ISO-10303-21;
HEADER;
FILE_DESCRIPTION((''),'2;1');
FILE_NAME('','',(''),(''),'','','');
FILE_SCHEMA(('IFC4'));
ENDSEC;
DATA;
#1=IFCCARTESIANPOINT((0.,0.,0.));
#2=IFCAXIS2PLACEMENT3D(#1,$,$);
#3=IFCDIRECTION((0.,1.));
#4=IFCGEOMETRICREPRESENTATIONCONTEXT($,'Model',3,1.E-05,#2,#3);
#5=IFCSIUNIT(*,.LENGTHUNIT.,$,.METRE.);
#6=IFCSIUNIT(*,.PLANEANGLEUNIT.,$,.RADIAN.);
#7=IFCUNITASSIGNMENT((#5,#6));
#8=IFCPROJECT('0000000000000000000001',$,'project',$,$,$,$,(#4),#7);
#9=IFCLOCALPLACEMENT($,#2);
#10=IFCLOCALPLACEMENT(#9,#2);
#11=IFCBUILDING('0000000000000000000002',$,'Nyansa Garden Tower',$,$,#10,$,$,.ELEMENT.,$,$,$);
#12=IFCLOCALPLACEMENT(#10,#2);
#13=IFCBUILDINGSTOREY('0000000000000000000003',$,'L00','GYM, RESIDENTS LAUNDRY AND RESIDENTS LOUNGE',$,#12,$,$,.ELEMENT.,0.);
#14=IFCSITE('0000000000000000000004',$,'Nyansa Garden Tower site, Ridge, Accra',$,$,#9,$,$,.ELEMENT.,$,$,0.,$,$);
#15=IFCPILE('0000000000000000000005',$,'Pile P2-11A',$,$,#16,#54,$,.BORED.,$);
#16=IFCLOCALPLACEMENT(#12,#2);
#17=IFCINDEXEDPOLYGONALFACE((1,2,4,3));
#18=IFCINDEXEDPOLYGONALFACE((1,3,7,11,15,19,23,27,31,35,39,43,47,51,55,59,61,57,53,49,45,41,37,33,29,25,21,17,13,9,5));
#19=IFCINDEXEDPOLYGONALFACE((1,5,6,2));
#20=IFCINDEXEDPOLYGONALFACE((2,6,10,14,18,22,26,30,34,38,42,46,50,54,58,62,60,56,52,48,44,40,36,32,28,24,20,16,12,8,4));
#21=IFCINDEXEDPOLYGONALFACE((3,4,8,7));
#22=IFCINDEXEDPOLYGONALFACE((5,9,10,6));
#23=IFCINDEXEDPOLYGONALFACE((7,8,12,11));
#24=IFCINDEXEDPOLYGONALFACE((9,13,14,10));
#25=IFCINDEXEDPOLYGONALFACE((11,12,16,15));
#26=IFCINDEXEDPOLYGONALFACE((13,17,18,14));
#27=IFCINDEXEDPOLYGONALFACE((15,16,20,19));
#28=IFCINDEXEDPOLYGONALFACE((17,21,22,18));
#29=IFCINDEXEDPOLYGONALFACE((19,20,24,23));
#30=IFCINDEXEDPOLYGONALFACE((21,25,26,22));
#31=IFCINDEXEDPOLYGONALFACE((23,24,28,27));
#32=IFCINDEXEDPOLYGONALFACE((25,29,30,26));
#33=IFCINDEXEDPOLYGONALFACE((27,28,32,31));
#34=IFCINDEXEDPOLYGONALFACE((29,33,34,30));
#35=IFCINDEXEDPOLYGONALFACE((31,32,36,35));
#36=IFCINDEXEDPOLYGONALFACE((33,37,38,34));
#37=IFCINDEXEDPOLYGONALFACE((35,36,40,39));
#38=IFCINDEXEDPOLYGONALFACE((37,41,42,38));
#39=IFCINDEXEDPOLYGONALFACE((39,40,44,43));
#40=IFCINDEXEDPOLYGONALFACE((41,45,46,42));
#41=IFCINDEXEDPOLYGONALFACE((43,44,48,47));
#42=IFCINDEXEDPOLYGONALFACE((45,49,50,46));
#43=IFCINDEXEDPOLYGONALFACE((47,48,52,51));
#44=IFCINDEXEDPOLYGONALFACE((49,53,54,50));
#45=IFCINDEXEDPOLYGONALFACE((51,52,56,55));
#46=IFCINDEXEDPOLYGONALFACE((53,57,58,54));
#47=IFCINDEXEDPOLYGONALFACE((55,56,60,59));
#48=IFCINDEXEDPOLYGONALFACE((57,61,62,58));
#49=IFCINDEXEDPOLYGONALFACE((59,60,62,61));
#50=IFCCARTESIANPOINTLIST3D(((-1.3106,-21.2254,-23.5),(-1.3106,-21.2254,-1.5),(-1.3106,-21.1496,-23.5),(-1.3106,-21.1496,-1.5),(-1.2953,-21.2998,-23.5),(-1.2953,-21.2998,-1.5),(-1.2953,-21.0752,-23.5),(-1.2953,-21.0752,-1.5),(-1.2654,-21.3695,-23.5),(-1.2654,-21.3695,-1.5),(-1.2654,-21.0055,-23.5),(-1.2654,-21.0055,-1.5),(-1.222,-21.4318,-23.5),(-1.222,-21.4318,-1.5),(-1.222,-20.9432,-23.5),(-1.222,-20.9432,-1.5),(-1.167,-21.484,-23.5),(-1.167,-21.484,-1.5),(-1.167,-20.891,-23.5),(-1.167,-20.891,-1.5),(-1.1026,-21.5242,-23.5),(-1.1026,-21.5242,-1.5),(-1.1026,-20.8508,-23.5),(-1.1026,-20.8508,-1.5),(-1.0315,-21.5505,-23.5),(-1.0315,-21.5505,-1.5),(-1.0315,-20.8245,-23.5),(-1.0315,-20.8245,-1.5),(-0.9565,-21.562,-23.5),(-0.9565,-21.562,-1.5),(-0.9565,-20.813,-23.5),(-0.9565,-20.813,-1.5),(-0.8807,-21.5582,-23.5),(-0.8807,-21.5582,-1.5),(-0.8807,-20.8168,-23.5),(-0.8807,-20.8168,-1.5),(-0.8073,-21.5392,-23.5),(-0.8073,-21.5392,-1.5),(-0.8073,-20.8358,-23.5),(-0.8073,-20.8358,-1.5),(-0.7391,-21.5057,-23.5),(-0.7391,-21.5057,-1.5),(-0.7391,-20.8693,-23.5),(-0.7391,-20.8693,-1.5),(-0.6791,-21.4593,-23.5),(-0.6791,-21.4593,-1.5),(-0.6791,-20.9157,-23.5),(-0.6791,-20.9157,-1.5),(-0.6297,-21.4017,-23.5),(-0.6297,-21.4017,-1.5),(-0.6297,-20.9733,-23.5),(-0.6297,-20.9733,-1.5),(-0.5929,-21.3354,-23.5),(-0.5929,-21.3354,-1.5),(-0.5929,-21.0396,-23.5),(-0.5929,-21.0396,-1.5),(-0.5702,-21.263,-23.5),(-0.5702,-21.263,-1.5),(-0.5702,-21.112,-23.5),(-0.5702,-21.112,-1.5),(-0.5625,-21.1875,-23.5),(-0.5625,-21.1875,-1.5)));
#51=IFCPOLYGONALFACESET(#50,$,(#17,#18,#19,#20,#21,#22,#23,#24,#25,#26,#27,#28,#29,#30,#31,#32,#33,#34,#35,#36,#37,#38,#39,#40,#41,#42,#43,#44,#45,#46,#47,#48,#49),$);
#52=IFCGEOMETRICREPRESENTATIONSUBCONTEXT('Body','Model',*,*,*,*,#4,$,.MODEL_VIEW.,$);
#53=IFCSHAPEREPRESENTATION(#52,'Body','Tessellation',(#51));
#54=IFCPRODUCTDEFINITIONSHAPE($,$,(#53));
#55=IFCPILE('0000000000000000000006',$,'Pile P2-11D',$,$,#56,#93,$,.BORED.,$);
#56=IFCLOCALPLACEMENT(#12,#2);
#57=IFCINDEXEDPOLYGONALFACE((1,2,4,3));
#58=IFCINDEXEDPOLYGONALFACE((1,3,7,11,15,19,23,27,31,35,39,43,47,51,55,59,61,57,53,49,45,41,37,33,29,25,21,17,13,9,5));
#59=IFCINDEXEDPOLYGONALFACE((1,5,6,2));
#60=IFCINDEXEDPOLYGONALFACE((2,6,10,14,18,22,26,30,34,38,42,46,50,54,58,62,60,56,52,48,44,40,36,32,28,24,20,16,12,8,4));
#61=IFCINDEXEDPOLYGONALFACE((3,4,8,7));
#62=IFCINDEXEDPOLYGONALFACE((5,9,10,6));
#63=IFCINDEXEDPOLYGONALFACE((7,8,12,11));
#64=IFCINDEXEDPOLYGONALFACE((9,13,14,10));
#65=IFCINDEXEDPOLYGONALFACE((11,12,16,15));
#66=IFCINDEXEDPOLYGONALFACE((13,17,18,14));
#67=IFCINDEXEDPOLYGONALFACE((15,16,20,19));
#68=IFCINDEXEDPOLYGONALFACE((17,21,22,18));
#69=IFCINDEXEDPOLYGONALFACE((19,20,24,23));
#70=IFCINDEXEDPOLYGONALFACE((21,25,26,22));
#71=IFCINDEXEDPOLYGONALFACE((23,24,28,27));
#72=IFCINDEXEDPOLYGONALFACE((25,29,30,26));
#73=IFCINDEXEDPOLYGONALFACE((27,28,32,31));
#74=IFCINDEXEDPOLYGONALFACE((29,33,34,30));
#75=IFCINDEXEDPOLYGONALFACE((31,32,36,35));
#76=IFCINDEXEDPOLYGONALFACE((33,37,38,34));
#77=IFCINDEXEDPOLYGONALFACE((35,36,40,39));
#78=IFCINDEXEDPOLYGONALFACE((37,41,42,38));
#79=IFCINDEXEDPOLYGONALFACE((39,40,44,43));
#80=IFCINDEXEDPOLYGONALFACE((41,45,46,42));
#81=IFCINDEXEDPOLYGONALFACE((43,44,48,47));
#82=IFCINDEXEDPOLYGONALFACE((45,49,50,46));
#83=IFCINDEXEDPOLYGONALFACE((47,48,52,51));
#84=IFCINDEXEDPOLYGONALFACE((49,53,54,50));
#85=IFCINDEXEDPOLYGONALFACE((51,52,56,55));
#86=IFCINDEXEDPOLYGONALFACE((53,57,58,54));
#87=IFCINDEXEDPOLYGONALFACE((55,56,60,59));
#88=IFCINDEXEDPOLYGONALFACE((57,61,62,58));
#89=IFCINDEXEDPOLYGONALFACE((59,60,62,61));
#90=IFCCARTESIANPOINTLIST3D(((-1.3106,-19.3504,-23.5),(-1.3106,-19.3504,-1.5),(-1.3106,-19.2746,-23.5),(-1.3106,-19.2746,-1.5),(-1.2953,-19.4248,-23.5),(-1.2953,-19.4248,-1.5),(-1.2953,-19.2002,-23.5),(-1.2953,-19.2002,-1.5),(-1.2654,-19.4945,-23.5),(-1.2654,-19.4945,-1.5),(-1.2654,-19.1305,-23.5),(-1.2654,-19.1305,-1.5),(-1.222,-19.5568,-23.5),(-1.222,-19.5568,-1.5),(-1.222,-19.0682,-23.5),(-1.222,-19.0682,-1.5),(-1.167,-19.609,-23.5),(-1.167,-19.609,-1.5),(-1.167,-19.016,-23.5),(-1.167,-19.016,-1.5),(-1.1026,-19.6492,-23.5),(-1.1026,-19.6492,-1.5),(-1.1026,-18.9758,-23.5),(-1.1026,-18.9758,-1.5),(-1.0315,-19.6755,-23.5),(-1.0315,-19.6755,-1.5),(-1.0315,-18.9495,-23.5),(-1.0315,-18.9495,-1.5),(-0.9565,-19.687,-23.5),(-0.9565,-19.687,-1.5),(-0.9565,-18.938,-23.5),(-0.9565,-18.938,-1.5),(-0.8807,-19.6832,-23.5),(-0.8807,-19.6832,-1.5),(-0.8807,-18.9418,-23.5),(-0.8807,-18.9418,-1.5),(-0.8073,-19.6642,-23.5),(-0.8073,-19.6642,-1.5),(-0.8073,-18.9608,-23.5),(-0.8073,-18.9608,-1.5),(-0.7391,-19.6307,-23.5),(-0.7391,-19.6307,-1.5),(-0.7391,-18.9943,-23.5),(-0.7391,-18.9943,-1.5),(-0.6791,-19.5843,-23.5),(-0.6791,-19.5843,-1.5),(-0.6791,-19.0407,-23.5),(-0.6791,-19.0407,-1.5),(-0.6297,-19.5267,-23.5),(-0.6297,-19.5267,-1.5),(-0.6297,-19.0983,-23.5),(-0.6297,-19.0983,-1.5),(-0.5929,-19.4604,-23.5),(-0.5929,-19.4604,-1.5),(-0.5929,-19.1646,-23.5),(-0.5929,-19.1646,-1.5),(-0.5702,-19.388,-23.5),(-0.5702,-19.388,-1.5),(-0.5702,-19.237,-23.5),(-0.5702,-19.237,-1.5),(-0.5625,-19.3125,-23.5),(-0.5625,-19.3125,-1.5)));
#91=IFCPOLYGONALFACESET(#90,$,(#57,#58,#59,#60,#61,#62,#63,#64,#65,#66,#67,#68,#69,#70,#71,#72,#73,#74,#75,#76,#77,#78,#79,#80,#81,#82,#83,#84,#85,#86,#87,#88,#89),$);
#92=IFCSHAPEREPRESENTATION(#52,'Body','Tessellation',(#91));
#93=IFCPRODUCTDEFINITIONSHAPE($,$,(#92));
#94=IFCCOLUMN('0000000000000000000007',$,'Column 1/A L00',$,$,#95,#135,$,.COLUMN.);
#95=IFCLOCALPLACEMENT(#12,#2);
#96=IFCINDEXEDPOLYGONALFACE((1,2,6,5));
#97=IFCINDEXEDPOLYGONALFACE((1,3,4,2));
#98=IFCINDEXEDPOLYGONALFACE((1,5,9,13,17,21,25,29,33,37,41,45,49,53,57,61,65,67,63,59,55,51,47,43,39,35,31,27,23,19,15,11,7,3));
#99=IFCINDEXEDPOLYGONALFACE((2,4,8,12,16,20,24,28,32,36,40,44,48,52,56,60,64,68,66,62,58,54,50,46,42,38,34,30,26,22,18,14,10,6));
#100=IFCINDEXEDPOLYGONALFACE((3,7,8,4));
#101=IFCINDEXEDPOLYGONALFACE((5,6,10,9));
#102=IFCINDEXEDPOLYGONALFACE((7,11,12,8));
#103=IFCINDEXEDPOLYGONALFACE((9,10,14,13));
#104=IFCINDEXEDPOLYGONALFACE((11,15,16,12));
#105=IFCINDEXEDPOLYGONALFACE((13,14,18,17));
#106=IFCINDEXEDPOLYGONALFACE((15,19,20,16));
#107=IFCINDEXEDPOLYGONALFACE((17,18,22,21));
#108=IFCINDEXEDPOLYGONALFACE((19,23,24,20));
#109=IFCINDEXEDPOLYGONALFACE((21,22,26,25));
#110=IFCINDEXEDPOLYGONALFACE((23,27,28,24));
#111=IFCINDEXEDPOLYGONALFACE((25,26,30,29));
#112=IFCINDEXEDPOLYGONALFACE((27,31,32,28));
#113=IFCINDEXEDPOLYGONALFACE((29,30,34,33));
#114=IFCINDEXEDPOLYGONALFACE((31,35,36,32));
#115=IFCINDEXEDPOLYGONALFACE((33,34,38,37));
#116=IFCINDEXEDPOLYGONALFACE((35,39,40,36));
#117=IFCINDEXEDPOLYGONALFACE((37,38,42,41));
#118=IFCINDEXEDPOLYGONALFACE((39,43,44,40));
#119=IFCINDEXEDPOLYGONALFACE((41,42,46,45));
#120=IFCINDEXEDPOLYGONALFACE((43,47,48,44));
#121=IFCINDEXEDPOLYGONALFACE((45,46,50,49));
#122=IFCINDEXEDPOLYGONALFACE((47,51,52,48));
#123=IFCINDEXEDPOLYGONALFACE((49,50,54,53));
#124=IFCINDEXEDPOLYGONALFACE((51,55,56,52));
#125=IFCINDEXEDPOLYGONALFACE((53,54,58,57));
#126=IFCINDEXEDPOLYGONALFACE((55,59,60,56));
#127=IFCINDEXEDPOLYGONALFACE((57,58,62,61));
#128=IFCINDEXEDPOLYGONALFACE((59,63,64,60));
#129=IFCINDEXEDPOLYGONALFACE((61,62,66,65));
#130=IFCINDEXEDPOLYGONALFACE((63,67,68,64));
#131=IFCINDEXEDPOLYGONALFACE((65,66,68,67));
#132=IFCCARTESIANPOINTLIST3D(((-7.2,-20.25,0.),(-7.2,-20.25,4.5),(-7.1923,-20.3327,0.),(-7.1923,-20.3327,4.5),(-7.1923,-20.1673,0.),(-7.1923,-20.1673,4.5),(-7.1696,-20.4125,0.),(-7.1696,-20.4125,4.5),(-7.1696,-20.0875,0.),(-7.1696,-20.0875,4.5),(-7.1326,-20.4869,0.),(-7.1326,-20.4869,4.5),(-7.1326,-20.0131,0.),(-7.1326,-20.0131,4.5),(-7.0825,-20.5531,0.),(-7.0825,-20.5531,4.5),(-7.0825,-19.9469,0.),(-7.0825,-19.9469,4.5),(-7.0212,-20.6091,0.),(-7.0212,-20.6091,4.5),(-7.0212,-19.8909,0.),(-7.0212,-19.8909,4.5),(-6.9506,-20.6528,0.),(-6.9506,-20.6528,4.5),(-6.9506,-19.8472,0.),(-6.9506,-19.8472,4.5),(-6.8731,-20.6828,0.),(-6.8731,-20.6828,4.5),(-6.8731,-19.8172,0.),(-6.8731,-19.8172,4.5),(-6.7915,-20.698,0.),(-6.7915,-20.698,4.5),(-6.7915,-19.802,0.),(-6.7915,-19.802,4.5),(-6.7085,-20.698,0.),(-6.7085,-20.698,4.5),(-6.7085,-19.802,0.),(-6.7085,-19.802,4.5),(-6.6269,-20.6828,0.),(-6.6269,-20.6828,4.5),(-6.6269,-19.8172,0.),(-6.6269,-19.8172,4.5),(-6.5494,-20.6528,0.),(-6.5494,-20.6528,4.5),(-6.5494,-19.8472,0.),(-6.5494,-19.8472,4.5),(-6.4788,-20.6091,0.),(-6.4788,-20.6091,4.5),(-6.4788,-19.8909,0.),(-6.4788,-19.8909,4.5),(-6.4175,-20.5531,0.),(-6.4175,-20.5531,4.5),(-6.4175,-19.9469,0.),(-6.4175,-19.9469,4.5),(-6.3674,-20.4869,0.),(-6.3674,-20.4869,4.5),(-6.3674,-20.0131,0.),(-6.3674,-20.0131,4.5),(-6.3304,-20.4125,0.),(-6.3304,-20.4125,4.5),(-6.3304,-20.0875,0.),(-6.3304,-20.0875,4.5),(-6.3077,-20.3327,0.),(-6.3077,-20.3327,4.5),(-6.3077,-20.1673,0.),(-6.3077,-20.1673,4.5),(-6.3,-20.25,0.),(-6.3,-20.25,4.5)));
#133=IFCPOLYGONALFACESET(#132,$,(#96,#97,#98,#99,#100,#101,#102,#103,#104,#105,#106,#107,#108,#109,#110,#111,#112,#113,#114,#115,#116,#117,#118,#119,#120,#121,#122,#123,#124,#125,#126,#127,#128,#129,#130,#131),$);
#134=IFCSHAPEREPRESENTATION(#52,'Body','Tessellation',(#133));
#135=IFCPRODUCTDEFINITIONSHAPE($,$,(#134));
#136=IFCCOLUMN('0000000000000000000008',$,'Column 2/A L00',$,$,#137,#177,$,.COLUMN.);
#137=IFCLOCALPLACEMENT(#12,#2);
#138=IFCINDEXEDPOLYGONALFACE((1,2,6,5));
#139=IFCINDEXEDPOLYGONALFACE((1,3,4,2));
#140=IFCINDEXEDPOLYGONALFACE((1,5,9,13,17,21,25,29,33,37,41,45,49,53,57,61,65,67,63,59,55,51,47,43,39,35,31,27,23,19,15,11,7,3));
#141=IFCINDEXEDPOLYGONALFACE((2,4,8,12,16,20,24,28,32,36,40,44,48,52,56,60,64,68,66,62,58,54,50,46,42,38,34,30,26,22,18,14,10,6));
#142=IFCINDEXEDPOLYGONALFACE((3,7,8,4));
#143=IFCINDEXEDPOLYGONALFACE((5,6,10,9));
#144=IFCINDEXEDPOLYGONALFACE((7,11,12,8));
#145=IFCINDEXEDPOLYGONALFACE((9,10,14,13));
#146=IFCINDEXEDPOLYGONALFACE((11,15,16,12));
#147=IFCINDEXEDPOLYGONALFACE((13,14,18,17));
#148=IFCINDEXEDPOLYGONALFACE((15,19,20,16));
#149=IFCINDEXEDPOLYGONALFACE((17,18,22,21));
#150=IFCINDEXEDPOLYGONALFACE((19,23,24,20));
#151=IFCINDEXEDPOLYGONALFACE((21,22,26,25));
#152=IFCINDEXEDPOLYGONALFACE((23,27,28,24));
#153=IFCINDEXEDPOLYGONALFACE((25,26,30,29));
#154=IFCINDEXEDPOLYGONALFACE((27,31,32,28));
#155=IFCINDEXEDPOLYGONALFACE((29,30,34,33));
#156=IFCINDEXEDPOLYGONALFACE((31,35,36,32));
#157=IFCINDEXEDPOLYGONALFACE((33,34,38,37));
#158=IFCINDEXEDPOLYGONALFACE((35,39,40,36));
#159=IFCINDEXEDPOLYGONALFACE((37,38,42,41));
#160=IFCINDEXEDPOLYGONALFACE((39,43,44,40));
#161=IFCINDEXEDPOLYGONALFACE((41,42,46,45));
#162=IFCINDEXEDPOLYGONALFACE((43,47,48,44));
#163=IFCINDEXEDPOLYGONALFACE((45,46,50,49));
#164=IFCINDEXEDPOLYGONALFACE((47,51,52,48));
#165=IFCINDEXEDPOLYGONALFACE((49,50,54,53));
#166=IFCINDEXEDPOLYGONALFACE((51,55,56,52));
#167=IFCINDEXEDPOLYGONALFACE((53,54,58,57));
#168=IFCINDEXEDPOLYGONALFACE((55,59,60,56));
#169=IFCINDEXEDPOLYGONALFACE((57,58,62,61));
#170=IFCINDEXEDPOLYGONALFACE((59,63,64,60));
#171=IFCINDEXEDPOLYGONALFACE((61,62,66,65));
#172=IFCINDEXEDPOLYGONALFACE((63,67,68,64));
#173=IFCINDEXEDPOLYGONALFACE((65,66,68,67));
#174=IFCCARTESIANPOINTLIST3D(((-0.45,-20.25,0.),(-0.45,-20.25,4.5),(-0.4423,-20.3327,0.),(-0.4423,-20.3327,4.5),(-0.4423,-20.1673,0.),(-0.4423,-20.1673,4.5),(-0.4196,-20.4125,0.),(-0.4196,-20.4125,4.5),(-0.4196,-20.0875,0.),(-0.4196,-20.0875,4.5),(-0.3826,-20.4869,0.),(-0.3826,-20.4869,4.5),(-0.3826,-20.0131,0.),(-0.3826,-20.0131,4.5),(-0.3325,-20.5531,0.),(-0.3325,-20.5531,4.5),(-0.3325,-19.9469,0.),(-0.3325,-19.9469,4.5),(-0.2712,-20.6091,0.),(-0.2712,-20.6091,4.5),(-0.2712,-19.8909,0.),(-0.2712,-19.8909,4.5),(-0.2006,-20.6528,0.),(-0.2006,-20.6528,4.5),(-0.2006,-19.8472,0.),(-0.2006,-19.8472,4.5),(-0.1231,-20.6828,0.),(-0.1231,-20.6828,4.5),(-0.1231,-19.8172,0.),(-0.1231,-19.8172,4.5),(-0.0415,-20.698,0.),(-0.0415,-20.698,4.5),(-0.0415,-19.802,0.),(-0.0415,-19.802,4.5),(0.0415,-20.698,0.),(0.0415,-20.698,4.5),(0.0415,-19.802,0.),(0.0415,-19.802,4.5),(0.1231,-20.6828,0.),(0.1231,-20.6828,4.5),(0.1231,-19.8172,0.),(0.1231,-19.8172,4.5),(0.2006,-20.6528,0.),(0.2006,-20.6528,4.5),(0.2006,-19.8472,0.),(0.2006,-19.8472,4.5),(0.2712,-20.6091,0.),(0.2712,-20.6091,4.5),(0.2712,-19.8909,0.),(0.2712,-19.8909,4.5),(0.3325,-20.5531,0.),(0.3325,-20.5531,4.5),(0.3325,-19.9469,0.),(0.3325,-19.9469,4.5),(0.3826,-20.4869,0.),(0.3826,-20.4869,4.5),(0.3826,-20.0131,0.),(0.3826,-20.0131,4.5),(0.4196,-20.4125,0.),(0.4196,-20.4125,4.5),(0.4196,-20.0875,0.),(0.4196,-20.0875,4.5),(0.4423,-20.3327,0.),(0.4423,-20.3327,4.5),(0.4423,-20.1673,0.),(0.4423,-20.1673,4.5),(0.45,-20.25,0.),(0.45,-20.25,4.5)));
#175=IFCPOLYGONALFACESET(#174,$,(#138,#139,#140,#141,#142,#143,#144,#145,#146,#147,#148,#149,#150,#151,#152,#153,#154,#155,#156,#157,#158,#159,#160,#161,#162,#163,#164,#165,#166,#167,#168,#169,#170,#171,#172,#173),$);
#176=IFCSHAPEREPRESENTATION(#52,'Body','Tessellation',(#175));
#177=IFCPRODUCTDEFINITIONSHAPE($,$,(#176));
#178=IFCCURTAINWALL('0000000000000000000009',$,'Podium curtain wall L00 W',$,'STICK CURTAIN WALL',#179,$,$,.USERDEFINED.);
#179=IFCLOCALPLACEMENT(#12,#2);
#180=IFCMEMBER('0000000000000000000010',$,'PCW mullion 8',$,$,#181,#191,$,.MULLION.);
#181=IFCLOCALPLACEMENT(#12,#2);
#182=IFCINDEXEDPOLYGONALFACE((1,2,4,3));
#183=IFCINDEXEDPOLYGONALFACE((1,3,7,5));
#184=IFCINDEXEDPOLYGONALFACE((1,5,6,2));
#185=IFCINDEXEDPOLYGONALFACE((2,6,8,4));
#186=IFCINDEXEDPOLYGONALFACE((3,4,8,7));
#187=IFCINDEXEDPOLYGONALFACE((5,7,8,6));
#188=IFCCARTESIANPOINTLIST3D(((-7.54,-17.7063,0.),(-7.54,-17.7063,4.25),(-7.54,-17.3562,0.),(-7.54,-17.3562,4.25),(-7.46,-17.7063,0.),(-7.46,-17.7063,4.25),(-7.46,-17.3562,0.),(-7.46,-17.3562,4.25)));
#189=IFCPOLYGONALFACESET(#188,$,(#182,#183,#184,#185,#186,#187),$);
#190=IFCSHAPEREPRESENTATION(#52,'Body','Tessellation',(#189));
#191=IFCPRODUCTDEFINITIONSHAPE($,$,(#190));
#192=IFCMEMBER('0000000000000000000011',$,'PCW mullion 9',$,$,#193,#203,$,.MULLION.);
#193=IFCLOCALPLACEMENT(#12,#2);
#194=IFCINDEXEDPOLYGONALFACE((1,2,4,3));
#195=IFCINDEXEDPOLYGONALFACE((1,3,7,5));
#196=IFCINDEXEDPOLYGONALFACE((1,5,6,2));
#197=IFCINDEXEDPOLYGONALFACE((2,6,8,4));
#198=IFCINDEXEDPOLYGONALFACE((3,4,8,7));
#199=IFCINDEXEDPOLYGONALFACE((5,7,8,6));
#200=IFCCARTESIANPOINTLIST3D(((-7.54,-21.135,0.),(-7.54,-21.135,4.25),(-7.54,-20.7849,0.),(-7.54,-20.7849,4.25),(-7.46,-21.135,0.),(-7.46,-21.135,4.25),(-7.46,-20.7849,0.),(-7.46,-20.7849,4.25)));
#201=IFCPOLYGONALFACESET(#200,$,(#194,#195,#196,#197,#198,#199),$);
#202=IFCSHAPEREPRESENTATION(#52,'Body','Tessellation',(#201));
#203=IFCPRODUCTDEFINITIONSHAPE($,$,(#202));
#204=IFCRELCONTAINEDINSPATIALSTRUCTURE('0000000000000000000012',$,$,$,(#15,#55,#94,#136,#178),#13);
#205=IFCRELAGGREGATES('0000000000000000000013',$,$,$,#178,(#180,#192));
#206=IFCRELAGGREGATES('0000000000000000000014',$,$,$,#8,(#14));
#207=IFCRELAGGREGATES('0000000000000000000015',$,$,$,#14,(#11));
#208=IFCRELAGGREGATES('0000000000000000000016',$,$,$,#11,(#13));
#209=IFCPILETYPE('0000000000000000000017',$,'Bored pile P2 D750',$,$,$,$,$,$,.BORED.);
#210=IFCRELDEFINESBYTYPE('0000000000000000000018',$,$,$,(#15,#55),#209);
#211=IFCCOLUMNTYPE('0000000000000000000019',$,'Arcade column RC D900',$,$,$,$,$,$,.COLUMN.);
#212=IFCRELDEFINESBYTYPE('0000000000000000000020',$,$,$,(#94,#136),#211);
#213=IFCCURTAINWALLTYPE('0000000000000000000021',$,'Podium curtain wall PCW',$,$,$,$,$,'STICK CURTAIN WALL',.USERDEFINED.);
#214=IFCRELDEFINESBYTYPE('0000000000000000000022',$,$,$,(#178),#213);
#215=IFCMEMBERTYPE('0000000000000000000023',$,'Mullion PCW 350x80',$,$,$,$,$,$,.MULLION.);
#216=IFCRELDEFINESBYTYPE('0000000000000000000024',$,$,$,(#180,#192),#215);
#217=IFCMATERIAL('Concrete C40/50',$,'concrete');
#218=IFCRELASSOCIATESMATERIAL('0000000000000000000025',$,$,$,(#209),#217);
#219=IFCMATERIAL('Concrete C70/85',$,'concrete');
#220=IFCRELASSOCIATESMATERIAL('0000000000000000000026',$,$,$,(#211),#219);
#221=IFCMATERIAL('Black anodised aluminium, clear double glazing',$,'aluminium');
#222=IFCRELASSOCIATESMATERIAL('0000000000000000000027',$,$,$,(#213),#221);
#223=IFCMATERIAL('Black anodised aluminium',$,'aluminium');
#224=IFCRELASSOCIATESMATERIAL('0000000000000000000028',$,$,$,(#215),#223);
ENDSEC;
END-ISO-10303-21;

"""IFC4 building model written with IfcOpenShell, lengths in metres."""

from ifc_helpers import new_model, si_unit, direction, frame, origin, origin_2d, place, context, subcontext, project, spatial, rectangle, circle, extrude, material, material_profile, profile_set, type_object, element, aggregate, save


model = new_model("IFC4")

# Units and contexts
model_context = context("Model", 3, precision=1e-05, world=origin(), true_north=direction((0.0, 1.0)))
body_context = subcontext(model_context, "Body", "Model", "MODEL_VIEW")
ifc_project = project(units=[si_unit("LENGTHUNIT", "METRE"), si_unit("PLANEANGLEUNIT", "RADIAN")], contexts=[model_context])

# Site, building, storey
site_placement = place(None, origin())
site = spatial("IfcSite", under=ifc_project, at=site_placement, Name="Nyansa Garden Tower site, Ridge, Accra", CompositionType="ELEMENT", RefElevation=0.0)
building_placement = place(site_placement, origin())
building = spatial("IfcBuilding", under=site, at=building_placement, Name="Nyansa Garden Tower", CompositionType="ELEMENT")
storey_placement = place(building_placement, origin())
storey = spatial("IfcBuildingStorey", under=building, at=storey_placement, Name="L00", Description="GYM, RESIDENTS LAUNDRY AND RESIDENTS LOUNGE", CompositionType="ELEMENT", Elevation=0.0)

# Piles
ifc_material_1 = material(Name="Concrete C40/50", Category="concrete")
pile_type = type_object("IfcPileType", Name="Bored pile P2 D750", PredefinedType="BORED", material=ifc_material_1)
for number, where, z_axis, x_axis, name in (
    (1, (-0.9375, -21.1875, -1.5), (0.0, 0.0, -1.0), (1.0, 0.0, 0.0), "Pile P2-11A"),
    (2, (-0.9375, -19.3125, -1.5), (0.0, 0.0, -1.0), (1.0, 0.0, 0.0), "Pile P2-11D"),
):
    element("IfcPile", number, at=place(storey_placement, frame(where, z_axis=z_axis, x_axis=x_axis)), inside=storey, type_object=pile_type, Name=name, PredefinedType="BORED", context=body_context, shape_type="SweptSolid", body=[
        extrude(circle(Radius=0.375, at=origin_2d()), origin(), (0.0, 0.0, 1.0), 22.0),
    ])

# Columns
ifc_material_2 = material(Name="Concrete C70/85", Category="concrete")
ifc_material_profile_1 = material_profile(ifc_material_2, circle(Radius=0.45, at=origin_2d()), Name="RC D900")
ifc_profile_set_1 = profile_set([ifc_material_profile_1], Name="Concrete C70/85")
column_type = type_object("IfcColumnType", Name="Arcade column RC D900", PredefinedType="COLUMN", material=ifc_profile_set_1)
for number, where, z_axis, x_axis, name in (
    (3, (-6.75, -20.25, 0.0), (0.0, 0.0, 1.0), (1.0, 0.0, 0.0), "Column 1/A L00"),
    (4, (0.0, -20.25, 0.0), (0.0, 0.0, 1.0), (1.0, 0.0, 0.0), "Column 2/A L00"),
):
    element("IfcColumn", number, at=place(storey_placement, frame(where, z_axis=z_axis, x_axis=x_axis)), inside=storey, type_object=column_type, Name=name, PredefinedType="COLUMN", context=body_context, shape_type="SweptSolid", body=[
        extrude(circle(Radius=0.45, at=origin_2d()), origin(), (0.0, 0.0, 1.0), 4.5),
    ])

# Curtain wall, members
ifc_material_3 = material(Name="Black anodised aluminium, clear double glazing", Category="aluminium")
curtain_wall_type = type_object("IfcCurtainWallType", Name="Podium curtain wall PCW", ElementType="STICK CURTAIN WALL", PredefinedType="USERDEFINED", material=ifc_material_3)
curtain_wall_1_placement = place(storey_placement, origin())
curtain_wall_1 = element("IfcCurtainWall", 5, at=curtain_wall_1_placement, inside=storey, type_object=curtain_wall_type, Name="Podium curtain wall L00 W", ObjectType="STICK CURTAIN WALL", PredefinedType="USERDEFINED")
ifc_material_4 = material(Name="Black anodised aluminium", Category="aluminium")
ifc_material_profile_2 = material_profile(ifc_material_4, rectangle(XDim=0.0801, YDim=0.3501, at=origin_2d()), Name="Mullion 350x80")
ifc_profile_set_2 = profile_set([ifc_material_profile_2], Name="Black anodised aluminium")
member_type_1 = type_object("IfcMemberType", Name="Mullion PCW 350x80", PredefinedType="MULLION", material=ifc_profile_set_2)
member_1_placement = place(storey_placement, frame((-7.5, -17.5312, 0.0), z_axis=(0.0, 0.0, 1.0), x_axis=(1.0, 0.0, 0.0)))
member_1 = element("IfcMember", 6, at=member_1_placement, type_object=member_type_1, Name="PCW mullion 8", PredefinedType="MULLION", context=body_context, shape_type="SweptSolid", body=[
    extrude(rectangle(XDim=0.0801, YDim=0.3501, at=origin_2d()), origin(), (0.0, 0.0, 1.0), 4.25),
])
member_2_placement = place(storey_placement, frame((-7.5, -20.96, 0.0), z_axis=(0.0, 0.0, 1.0), x_axis=(1.0, 0.0, 0.0)))
member_2 = element("IfcMember", 7, at=member_2_placement, type_object=member_type_1, Name="PCW mullion 9", PredefinedType="MULLION", context=body_context, shape_type="SweptSolid", body=[
    extrude(rectangle(XDim=0.0801, YDim=0.3501, at=origin_2d()), origin(), (0.0, 0.0, 1.0), 4.25),
])

aggregate(curtain_wall_1, [member_1, member_2])

save(model, "model.ifc")
